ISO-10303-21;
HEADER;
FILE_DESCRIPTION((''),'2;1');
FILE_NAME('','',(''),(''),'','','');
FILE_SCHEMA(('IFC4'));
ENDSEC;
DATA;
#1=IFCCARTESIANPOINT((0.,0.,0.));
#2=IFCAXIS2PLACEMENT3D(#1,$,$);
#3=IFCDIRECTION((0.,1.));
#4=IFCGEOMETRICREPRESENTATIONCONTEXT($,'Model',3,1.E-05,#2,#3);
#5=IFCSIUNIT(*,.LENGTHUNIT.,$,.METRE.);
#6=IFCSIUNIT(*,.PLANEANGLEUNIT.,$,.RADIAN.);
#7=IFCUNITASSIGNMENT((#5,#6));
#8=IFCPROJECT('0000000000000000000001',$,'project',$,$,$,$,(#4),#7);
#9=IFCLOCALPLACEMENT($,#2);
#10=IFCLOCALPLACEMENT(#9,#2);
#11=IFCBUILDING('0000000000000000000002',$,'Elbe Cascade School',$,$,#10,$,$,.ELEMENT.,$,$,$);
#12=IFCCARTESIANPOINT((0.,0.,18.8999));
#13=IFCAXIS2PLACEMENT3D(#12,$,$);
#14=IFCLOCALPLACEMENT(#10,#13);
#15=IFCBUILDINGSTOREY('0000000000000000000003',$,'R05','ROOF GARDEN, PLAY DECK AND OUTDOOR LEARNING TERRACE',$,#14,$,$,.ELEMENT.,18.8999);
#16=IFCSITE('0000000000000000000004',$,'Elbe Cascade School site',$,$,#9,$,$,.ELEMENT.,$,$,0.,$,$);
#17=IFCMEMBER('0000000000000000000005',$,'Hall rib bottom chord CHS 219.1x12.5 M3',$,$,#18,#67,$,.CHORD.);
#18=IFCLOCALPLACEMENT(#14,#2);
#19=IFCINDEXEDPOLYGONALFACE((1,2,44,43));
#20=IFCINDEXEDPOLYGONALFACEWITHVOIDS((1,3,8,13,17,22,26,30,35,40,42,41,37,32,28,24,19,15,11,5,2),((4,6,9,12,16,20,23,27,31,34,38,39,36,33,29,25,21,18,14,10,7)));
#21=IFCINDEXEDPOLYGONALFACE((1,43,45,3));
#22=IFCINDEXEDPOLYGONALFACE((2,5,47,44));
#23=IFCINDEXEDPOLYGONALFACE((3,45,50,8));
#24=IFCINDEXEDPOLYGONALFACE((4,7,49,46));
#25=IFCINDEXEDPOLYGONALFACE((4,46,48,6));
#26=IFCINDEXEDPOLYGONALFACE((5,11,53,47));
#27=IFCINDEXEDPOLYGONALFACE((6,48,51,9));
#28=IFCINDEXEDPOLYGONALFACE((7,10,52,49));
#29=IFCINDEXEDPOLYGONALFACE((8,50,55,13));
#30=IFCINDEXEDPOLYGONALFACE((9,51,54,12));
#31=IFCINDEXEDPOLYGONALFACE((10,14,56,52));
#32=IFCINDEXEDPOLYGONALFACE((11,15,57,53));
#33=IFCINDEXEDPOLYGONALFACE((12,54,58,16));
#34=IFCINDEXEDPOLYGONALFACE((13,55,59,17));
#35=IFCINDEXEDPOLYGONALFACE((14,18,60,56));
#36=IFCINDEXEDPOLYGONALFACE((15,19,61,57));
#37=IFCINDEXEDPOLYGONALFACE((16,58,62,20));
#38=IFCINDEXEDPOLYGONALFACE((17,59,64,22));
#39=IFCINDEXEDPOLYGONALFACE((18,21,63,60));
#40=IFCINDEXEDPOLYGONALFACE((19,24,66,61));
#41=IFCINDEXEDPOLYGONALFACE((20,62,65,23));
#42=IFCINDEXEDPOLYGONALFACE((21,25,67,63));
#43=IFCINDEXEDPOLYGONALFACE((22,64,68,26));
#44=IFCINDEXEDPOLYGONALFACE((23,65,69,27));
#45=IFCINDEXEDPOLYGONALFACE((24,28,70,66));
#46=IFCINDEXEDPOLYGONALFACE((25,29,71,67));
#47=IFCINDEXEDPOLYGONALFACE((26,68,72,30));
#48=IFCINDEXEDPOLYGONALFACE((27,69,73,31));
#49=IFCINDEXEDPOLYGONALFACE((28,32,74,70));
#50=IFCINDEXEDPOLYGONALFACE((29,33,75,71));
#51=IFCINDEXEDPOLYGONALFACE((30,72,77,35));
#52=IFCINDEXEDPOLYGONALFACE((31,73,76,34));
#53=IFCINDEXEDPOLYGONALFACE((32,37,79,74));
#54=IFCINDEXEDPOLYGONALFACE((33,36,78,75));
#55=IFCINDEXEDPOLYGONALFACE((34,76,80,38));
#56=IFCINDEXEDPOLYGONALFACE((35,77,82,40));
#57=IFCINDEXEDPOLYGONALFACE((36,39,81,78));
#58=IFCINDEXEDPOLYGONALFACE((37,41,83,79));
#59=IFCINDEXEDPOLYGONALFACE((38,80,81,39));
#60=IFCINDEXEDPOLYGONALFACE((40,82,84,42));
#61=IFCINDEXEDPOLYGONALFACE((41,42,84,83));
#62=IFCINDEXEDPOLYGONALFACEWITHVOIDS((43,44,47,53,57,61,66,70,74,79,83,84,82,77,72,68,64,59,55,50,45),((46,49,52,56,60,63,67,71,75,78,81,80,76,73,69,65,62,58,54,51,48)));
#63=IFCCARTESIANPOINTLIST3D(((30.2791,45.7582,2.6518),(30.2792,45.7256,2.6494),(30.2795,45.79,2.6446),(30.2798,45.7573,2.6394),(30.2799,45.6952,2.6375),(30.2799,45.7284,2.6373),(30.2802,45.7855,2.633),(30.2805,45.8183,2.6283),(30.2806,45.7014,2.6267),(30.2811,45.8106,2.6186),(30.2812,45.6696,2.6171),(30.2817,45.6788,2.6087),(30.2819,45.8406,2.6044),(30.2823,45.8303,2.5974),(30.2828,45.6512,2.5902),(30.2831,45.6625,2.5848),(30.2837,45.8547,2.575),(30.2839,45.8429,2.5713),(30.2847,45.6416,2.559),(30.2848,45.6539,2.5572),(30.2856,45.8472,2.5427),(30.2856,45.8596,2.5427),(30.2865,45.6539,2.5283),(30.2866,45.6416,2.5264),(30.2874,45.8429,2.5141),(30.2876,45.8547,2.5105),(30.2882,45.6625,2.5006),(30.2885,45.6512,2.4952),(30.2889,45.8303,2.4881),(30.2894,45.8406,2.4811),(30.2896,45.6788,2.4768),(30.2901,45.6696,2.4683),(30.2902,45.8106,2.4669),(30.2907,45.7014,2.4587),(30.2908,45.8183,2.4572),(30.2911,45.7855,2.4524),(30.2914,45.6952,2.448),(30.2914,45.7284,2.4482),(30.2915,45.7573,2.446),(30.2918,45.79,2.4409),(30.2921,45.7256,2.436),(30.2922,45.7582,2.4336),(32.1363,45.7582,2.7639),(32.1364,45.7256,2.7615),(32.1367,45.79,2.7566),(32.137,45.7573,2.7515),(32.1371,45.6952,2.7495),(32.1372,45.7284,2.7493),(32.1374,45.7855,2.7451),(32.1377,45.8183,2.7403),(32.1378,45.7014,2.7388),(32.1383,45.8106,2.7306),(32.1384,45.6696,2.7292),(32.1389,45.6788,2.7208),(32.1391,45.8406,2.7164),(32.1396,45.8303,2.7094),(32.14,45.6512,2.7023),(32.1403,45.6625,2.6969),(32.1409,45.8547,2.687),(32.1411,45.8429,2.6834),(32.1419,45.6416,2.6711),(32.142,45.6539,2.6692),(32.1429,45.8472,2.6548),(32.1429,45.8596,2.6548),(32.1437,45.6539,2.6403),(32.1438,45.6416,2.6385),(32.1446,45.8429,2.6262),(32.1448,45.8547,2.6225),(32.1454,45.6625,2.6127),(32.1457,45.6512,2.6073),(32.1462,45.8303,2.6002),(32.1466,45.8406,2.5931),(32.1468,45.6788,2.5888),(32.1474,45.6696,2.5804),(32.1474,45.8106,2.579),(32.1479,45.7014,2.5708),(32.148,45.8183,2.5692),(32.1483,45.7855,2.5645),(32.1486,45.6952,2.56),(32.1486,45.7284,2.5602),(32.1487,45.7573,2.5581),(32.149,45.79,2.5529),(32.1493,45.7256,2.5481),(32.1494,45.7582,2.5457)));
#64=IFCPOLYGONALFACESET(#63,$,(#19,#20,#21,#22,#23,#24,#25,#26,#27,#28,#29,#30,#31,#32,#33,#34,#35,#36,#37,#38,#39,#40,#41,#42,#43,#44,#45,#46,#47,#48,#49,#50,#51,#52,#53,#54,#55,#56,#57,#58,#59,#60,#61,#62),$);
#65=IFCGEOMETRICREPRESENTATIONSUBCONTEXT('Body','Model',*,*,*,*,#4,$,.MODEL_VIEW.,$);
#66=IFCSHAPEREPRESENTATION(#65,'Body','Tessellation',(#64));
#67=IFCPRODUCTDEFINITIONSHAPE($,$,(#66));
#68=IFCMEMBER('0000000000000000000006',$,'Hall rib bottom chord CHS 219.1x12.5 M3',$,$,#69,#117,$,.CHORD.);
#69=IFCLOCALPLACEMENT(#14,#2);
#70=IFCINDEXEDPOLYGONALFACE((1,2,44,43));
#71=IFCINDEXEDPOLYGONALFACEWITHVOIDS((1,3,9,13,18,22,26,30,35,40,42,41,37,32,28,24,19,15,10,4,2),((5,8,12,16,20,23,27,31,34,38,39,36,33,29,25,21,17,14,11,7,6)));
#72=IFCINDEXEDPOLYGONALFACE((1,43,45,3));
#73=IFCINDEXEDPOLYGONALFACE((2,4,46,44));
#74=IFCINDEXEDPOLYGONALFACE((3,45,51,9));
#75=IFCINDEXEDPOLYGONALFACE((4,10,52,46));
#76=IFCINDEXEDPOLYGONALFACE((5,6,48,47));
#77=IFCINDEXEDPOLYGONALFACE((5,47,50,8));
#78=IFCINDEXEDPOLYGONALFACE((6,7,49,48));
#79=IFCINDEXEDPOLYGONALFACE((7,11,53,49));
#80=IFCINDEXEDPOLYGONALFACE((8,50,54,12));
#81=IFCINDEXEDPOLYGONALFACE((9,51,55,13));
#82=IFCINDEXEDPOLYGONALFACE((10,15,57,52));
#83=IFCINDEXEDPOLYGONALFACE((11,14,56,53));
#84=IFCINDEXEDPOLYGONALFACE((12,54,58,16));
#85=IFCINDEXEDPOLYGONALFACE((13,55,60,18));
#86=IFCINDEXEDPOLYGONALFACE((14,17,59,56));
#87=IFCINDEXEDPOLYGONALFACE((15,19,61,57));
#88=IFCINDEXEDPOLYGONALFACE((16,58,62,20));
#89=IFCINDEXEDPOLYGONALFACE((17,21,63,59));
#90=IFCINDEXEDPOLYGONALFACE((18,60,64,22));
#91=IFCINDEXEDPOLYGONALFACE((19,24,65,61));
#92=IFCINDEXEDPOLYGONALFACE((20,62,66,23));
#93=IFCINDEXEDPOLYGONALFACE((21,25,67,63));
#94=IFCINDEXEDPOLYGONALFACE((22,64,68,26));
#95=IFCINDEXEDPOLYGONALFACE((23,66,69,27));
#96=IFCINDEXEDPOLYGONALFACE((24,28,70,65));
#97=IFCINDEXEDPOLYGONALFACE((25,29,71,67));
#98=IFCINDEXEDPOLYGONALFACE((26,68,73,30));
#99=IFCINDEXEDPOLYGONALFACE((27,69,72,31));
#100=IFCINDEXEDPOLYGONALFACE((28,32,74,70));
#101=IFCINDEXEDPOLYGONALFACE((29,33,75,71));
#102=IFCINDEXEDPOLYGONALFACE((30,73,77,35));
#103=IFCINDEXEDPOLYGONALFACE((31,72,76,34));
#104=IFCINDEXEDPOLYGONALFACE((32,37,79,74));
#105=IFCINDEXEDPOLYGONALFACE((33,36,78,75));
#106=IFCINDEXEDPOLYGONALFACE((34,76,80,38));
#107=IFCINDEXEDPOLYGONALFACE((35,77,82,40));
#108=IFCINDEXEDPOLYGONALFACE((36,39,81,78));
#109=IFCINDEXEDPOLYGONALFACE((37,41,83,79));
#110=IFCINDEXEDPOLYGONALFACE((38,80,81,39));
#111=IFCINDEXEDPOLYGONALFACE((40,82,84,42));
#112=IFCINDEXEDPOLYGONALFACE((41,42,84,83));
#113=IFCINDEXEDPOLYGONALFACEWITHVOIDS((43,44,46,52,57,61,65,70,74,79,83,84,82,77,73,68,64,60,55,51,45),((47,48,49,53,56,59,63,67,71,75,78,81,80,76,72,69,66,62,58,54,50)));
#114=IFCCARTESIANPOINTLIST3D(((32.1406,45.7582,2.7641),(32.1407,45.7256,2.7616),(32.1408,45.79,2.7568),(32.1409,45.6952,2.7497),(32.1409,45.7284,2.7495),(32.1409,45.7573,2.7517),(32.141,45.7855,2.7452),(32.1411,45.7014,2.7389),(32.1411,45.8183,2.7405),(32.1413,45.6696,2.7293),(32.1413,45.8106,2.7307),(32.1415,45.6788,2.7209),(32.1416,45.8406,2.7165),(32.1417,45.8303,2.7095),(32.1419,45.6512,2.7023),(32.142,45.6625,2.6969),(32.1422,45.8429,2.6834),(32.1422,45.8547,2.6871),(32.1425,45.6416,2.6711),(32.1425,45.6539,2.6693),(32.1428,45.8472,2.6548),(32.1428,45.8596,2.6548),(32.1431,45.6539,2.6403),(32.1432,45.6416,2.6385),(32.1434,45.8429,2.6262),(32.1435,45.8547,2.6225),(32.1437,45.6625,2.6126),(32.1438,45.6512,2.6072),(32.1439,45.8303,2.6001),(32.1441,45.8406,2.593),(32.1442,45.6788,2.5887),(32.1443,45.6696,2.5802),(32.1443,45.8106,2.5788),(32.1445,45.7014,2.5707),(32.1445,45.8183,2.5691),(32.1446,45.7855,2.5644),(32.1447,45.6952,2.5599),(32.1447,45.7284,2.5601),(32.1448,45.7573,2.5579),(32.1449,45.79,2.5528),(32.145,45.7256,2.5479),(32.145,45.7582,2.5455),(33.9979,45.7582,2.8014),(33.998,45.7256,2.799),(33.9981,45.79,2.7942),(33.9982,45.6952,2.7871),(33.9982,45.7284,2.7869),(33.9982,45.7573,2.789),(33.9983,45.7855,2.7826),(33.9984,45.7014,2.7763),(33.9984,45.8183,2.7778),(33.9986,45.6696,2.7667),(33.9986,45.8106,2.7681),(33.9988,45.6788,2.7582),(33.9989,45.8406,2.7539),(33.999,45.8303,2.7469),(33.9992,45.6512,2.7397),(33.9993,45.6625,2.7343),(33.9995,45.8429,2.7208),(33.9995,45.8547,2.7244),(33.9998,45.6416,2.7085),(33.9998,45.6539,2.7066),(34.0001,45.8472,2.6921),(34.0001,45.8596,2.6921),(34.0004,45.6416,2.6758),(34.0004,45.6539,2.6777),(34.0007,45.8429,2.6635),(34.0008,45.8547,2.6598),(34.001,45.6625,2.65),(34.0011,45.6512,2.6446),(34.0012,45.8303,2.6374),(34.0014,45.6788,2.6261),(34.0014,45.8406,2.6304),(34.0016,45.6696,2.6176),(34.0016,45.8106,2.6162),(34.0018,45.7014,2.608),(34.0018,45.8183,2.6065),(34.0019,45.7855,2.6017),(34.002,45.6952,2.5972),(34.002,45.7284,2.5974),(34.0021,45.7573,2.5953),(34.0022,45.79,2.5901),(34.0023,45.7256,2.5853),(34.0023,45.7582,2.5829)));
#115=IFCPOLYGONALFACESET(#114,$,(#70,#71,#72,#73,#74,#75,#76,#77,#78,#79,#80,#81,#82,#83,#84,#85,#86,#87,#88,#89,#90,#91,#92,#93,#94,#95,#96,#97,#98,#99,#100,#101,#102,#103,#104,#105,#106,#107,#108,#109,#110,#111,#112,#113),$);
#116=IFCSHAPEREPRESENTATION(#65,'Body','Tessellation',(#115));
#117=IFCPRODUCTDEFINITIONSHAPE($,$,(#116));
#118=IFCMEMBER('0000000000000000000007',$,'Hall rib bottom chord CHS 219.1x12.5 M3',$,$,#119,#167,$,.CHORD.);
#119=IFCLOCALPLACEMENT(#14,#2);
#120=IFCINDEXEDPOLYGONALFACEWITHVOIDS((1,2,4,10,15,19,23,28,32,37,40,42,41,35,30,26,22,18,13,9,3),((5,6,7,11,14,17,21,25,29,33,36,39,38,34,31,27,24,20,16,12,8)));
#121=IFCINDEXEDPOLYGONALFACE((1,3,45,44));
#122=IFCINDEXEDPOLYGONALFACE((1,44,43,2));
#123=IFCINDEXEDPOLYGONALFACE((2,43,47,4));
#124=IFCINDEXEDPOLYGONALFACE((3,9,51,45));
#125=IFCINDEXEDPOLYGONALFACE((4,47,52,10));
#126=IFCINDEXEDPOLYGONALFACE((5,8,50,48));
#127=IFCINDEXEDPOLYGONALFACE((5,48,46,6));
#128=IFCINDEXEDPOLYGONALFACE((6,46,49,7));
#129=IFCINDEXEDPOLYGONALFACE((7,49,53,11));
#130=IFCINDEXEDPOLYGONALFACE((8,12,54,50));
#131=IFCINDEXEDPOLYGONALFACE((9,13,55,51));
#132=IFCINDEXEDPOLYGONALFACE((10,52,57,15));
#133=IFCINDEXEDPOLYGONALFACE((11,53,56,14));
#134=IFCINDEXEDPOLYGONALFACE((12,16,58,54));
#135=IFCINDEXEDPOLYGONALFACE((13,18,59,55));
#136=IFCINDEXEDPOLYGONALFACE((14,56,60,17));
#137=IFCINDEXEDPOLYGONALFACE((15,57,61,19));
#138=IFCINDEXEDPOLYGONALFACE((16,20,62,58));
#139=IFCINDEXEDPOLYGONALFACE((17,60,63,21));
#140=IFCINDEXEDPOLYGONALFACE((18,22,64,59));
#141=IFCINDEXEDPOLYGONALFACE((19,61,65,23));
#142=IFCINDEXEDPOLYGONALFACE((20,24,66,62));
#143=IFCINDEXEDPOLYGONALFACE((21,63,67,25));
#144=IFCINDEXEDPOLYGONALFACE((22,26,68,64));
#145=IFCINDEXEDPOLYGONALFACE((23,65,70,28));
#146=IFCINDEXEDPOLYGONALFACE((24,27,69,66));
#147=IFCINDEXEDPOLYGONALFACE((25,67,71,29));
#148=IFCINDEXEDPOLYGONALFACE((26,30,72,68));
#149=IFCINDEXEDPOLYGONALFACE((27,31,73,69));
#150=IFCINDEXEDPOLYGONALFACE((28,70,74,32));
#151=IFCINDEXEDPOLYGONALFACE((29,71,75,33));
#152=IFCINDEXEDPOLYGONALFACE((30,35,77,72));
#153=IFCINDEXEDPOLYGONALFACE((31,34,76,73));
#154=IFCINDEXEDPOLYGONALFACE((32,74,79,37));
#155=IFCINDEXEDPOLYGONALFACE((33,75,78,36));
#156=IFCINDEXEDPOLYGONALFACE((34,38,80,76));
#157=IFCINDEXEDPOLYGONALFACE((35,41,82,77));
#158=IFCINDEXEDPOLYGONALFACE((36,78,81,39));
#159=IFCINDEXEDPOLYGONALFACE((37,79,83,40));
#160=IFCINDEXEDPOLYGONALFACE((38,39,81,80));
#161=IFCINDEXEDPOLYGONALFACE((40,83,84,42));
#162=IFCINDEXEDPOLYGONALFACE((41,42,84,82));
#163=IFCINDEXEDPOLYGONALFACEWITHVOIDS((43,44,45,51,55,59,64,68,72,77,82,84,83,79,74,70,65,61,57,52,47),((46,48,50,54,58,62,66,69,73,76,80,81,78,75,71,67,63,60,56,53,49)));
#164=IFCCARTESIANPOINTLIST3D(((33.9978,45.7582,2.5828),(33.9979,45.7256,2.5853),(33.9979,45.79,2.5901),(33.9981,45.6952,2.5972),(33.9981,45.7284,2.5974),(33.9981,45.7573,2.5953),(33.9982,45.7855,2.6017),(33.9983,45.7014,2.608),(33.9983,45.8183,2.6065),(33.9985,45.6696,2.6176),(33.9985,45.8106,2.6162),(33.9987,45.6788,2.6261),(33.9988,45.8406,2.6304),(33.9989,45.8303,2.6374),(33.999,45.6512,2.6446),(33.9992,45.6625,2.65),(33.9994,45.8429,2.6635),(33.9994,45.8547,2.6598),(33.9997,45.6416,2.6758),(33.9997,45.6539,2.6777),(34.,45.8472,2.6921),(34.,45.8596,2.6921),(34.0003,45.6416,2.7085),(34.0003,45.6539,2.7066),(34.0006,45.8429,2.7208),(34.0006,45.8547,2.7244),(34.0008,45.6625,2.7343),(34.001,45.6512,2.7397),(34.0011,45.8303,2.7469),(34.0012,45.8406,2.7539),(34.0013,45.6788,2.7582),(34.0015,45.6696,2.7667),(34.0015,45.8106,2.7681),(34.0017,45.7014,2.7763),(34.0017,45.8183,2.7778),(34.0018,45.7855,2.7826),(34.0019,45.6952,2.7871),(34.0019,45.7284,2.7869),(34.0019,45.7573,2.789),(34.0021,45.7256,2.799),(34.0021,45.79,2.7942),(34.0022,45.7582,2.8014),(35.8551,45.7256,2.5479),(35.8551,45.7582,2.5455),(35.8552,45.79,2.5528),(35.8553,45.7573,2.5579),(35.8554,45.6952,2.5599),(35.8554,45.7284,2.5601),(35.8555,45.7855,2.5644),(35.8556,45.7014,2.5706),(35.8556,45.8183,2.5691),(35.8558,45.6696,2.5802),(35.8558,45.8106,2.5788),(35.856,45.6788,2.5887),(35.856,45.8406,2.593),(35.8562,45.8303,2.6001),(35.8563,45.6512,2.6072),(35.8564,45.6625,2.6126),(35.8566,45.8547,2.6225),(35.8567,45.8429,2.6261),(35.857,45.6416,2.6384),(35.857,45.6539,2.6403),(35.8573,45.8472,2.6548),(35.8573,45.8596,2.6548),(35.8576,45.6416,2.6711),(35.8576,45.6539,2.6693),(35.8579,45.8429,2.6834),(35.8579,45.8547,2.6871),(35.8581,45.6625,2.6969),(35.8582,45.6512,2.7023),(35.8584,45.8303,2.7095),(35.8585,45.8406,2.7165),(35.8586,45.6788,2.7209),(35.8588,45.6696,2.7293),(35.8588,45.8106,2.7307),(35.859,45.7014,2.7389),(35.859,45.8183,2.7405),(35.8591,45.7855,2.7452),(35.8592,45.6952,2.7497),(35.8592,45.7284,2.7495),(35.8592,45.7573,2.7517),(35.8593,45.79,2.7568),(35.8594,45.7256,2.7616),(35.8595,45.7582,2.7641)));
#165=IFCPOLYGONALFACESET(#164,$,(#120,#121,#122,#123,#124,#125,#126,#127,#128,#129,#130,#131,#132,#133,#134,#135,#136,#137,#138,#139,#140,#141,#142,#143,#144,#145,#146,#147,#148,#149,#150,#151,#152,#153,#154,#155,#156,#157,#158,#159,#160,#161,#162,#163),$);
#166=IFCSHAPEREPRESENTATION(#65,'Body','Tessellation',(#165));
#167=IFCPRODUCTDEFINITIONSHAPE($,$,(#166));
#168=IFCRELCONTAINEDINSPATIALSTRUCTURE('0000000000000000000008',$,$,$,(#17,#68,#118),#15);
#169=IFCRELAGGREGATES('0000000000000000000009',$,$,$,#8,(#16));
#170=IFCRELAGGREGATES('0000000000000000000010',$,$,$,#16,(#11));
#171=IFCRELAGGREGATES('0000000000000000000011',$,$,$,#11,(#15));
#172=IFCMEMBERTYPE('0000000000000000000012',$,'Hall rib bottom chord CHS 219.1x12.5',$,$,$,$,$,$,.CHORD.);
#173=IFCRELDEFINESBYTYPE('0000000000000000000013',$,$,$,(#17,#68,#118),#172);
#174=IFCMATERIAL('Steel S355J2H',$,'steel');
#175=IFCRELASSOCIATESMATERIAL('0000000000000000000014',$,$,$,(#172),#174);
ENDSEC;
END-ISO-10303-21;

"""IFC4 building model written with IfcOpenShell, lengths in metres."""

from ifc_helpers import new_model, si_unit, direction, frame, origin, origin_2d, place, context, subcontext, project, spatial, hollow_circle, extrude, material, material_profile, profile_set, type_object, element, save


model = new_model("IFC4")

# Units and contexts
model_context = context("Model", 3, precision=1e-05, world=origin(), true_north=direction((0.0, 1.0)))
body_context = subcontext(model_context, "Body", "Model", "MODEL_VIEW")
ifc_project = project(units=[si_unit("LENGTHUNIT", "METRE"), si_unit("PLANEANGLEUNIT", "RADIAN")], contexts=[model_context])

# Site, building, storey
site_placement = place(None, origin())
site = spatial("IfcSite", under=ifc_project, at=site_placement, Name="Elbe Cascade School site", CompositionType="ELEMENT", RefElevation=0.0)
building_placement = place(site_placement, origin())
building = spatial("IfcBuilding", under=site, at=building_placement, Name="Elbe Cascade School", CompositionType="ELEMENT")
storey_placement = place(building_placement, frame((0.0, 0.0, 18.8999)))
storey = spatial("IfcBuildingStorey", under=building, at=storey_placement, Name="R05", Description="ROOF GARDEN, PLAY DECK AND OUTDOOR LEARNING TERRACE", CompositionType="ELEMENT", Elevation=18.8999)

# Members
ifc_material_1 = material(Name="Steel S355J2H", Category="steel")
ifc_material_profile_1 = material_profile(ifc_material_1, hollow_circle(Radius=0.1096, WallThickness=0.0125, at=origin_2d()), Name="CHS 219.1x12.5")
ifc_profile_set_1 = profile_set([ifc_material_profile_1], Name="Steel S355J2H")
member_type_1 = type_object("IfcMemberType", Name="Hall rib bottom chord CHS 219.1x12.5", PredefinedType="CHORD", material=ifc_profile_set_1)
member_1_placement = place(storey_placement, frame((30.2856, 45.75, 2.5427), z_axis=(0.998185, 0.0, 0.06023), x_axis=(0.0, 1.0, 0.0)))
element("IfcMember", 1, at=member_1_placement, inside=storey, type_object=member_type_1, Name="Hall rib bottom chord CHS 219.1x12.5 M3", PredefinedType="CHORD", context=body_context, shape_type="SweptSolid", body=[
    extrude(hollow_circle(Radius=0.1096, WallThickness=0.0125, at=origin_2d()), origin(), (0.0, 0.0, 1.0), 1.8606),
])
for number, where, z_axis, x_axis, name in (
    (2, (32.1428, 45.75, 2.6548), (0.999798, 0.0, 0.020109), (0.0, 1.0, 0.0), "Hall rib bottom chord CHS 219.1x12.5 M3"),
    (3, (34.0, 45.75, 2.6921), (0.999798, 0.0, -0.020109), (0.0, 1.0, 0.0), "Hall rib bottom chord CHS 219.1x12.5 M3"),
):
    element("IfcMember", number, at=place(storey_placement, frame(where, z_axis=z_axis, x_axis=x_axis)), inside=storey, type_object=member_type_1, Name=name, PredefinedType="CHORD", context=body_context, shape_type="SweptSolid", body=[
        extrude(hollow_circle(Radius=0.1096, WallThickness=0.0125, at=origin_2d()), origin(), (0.0, 0.0, 1.0), 1.8577),
    ])

save(model, "model.ifc")
